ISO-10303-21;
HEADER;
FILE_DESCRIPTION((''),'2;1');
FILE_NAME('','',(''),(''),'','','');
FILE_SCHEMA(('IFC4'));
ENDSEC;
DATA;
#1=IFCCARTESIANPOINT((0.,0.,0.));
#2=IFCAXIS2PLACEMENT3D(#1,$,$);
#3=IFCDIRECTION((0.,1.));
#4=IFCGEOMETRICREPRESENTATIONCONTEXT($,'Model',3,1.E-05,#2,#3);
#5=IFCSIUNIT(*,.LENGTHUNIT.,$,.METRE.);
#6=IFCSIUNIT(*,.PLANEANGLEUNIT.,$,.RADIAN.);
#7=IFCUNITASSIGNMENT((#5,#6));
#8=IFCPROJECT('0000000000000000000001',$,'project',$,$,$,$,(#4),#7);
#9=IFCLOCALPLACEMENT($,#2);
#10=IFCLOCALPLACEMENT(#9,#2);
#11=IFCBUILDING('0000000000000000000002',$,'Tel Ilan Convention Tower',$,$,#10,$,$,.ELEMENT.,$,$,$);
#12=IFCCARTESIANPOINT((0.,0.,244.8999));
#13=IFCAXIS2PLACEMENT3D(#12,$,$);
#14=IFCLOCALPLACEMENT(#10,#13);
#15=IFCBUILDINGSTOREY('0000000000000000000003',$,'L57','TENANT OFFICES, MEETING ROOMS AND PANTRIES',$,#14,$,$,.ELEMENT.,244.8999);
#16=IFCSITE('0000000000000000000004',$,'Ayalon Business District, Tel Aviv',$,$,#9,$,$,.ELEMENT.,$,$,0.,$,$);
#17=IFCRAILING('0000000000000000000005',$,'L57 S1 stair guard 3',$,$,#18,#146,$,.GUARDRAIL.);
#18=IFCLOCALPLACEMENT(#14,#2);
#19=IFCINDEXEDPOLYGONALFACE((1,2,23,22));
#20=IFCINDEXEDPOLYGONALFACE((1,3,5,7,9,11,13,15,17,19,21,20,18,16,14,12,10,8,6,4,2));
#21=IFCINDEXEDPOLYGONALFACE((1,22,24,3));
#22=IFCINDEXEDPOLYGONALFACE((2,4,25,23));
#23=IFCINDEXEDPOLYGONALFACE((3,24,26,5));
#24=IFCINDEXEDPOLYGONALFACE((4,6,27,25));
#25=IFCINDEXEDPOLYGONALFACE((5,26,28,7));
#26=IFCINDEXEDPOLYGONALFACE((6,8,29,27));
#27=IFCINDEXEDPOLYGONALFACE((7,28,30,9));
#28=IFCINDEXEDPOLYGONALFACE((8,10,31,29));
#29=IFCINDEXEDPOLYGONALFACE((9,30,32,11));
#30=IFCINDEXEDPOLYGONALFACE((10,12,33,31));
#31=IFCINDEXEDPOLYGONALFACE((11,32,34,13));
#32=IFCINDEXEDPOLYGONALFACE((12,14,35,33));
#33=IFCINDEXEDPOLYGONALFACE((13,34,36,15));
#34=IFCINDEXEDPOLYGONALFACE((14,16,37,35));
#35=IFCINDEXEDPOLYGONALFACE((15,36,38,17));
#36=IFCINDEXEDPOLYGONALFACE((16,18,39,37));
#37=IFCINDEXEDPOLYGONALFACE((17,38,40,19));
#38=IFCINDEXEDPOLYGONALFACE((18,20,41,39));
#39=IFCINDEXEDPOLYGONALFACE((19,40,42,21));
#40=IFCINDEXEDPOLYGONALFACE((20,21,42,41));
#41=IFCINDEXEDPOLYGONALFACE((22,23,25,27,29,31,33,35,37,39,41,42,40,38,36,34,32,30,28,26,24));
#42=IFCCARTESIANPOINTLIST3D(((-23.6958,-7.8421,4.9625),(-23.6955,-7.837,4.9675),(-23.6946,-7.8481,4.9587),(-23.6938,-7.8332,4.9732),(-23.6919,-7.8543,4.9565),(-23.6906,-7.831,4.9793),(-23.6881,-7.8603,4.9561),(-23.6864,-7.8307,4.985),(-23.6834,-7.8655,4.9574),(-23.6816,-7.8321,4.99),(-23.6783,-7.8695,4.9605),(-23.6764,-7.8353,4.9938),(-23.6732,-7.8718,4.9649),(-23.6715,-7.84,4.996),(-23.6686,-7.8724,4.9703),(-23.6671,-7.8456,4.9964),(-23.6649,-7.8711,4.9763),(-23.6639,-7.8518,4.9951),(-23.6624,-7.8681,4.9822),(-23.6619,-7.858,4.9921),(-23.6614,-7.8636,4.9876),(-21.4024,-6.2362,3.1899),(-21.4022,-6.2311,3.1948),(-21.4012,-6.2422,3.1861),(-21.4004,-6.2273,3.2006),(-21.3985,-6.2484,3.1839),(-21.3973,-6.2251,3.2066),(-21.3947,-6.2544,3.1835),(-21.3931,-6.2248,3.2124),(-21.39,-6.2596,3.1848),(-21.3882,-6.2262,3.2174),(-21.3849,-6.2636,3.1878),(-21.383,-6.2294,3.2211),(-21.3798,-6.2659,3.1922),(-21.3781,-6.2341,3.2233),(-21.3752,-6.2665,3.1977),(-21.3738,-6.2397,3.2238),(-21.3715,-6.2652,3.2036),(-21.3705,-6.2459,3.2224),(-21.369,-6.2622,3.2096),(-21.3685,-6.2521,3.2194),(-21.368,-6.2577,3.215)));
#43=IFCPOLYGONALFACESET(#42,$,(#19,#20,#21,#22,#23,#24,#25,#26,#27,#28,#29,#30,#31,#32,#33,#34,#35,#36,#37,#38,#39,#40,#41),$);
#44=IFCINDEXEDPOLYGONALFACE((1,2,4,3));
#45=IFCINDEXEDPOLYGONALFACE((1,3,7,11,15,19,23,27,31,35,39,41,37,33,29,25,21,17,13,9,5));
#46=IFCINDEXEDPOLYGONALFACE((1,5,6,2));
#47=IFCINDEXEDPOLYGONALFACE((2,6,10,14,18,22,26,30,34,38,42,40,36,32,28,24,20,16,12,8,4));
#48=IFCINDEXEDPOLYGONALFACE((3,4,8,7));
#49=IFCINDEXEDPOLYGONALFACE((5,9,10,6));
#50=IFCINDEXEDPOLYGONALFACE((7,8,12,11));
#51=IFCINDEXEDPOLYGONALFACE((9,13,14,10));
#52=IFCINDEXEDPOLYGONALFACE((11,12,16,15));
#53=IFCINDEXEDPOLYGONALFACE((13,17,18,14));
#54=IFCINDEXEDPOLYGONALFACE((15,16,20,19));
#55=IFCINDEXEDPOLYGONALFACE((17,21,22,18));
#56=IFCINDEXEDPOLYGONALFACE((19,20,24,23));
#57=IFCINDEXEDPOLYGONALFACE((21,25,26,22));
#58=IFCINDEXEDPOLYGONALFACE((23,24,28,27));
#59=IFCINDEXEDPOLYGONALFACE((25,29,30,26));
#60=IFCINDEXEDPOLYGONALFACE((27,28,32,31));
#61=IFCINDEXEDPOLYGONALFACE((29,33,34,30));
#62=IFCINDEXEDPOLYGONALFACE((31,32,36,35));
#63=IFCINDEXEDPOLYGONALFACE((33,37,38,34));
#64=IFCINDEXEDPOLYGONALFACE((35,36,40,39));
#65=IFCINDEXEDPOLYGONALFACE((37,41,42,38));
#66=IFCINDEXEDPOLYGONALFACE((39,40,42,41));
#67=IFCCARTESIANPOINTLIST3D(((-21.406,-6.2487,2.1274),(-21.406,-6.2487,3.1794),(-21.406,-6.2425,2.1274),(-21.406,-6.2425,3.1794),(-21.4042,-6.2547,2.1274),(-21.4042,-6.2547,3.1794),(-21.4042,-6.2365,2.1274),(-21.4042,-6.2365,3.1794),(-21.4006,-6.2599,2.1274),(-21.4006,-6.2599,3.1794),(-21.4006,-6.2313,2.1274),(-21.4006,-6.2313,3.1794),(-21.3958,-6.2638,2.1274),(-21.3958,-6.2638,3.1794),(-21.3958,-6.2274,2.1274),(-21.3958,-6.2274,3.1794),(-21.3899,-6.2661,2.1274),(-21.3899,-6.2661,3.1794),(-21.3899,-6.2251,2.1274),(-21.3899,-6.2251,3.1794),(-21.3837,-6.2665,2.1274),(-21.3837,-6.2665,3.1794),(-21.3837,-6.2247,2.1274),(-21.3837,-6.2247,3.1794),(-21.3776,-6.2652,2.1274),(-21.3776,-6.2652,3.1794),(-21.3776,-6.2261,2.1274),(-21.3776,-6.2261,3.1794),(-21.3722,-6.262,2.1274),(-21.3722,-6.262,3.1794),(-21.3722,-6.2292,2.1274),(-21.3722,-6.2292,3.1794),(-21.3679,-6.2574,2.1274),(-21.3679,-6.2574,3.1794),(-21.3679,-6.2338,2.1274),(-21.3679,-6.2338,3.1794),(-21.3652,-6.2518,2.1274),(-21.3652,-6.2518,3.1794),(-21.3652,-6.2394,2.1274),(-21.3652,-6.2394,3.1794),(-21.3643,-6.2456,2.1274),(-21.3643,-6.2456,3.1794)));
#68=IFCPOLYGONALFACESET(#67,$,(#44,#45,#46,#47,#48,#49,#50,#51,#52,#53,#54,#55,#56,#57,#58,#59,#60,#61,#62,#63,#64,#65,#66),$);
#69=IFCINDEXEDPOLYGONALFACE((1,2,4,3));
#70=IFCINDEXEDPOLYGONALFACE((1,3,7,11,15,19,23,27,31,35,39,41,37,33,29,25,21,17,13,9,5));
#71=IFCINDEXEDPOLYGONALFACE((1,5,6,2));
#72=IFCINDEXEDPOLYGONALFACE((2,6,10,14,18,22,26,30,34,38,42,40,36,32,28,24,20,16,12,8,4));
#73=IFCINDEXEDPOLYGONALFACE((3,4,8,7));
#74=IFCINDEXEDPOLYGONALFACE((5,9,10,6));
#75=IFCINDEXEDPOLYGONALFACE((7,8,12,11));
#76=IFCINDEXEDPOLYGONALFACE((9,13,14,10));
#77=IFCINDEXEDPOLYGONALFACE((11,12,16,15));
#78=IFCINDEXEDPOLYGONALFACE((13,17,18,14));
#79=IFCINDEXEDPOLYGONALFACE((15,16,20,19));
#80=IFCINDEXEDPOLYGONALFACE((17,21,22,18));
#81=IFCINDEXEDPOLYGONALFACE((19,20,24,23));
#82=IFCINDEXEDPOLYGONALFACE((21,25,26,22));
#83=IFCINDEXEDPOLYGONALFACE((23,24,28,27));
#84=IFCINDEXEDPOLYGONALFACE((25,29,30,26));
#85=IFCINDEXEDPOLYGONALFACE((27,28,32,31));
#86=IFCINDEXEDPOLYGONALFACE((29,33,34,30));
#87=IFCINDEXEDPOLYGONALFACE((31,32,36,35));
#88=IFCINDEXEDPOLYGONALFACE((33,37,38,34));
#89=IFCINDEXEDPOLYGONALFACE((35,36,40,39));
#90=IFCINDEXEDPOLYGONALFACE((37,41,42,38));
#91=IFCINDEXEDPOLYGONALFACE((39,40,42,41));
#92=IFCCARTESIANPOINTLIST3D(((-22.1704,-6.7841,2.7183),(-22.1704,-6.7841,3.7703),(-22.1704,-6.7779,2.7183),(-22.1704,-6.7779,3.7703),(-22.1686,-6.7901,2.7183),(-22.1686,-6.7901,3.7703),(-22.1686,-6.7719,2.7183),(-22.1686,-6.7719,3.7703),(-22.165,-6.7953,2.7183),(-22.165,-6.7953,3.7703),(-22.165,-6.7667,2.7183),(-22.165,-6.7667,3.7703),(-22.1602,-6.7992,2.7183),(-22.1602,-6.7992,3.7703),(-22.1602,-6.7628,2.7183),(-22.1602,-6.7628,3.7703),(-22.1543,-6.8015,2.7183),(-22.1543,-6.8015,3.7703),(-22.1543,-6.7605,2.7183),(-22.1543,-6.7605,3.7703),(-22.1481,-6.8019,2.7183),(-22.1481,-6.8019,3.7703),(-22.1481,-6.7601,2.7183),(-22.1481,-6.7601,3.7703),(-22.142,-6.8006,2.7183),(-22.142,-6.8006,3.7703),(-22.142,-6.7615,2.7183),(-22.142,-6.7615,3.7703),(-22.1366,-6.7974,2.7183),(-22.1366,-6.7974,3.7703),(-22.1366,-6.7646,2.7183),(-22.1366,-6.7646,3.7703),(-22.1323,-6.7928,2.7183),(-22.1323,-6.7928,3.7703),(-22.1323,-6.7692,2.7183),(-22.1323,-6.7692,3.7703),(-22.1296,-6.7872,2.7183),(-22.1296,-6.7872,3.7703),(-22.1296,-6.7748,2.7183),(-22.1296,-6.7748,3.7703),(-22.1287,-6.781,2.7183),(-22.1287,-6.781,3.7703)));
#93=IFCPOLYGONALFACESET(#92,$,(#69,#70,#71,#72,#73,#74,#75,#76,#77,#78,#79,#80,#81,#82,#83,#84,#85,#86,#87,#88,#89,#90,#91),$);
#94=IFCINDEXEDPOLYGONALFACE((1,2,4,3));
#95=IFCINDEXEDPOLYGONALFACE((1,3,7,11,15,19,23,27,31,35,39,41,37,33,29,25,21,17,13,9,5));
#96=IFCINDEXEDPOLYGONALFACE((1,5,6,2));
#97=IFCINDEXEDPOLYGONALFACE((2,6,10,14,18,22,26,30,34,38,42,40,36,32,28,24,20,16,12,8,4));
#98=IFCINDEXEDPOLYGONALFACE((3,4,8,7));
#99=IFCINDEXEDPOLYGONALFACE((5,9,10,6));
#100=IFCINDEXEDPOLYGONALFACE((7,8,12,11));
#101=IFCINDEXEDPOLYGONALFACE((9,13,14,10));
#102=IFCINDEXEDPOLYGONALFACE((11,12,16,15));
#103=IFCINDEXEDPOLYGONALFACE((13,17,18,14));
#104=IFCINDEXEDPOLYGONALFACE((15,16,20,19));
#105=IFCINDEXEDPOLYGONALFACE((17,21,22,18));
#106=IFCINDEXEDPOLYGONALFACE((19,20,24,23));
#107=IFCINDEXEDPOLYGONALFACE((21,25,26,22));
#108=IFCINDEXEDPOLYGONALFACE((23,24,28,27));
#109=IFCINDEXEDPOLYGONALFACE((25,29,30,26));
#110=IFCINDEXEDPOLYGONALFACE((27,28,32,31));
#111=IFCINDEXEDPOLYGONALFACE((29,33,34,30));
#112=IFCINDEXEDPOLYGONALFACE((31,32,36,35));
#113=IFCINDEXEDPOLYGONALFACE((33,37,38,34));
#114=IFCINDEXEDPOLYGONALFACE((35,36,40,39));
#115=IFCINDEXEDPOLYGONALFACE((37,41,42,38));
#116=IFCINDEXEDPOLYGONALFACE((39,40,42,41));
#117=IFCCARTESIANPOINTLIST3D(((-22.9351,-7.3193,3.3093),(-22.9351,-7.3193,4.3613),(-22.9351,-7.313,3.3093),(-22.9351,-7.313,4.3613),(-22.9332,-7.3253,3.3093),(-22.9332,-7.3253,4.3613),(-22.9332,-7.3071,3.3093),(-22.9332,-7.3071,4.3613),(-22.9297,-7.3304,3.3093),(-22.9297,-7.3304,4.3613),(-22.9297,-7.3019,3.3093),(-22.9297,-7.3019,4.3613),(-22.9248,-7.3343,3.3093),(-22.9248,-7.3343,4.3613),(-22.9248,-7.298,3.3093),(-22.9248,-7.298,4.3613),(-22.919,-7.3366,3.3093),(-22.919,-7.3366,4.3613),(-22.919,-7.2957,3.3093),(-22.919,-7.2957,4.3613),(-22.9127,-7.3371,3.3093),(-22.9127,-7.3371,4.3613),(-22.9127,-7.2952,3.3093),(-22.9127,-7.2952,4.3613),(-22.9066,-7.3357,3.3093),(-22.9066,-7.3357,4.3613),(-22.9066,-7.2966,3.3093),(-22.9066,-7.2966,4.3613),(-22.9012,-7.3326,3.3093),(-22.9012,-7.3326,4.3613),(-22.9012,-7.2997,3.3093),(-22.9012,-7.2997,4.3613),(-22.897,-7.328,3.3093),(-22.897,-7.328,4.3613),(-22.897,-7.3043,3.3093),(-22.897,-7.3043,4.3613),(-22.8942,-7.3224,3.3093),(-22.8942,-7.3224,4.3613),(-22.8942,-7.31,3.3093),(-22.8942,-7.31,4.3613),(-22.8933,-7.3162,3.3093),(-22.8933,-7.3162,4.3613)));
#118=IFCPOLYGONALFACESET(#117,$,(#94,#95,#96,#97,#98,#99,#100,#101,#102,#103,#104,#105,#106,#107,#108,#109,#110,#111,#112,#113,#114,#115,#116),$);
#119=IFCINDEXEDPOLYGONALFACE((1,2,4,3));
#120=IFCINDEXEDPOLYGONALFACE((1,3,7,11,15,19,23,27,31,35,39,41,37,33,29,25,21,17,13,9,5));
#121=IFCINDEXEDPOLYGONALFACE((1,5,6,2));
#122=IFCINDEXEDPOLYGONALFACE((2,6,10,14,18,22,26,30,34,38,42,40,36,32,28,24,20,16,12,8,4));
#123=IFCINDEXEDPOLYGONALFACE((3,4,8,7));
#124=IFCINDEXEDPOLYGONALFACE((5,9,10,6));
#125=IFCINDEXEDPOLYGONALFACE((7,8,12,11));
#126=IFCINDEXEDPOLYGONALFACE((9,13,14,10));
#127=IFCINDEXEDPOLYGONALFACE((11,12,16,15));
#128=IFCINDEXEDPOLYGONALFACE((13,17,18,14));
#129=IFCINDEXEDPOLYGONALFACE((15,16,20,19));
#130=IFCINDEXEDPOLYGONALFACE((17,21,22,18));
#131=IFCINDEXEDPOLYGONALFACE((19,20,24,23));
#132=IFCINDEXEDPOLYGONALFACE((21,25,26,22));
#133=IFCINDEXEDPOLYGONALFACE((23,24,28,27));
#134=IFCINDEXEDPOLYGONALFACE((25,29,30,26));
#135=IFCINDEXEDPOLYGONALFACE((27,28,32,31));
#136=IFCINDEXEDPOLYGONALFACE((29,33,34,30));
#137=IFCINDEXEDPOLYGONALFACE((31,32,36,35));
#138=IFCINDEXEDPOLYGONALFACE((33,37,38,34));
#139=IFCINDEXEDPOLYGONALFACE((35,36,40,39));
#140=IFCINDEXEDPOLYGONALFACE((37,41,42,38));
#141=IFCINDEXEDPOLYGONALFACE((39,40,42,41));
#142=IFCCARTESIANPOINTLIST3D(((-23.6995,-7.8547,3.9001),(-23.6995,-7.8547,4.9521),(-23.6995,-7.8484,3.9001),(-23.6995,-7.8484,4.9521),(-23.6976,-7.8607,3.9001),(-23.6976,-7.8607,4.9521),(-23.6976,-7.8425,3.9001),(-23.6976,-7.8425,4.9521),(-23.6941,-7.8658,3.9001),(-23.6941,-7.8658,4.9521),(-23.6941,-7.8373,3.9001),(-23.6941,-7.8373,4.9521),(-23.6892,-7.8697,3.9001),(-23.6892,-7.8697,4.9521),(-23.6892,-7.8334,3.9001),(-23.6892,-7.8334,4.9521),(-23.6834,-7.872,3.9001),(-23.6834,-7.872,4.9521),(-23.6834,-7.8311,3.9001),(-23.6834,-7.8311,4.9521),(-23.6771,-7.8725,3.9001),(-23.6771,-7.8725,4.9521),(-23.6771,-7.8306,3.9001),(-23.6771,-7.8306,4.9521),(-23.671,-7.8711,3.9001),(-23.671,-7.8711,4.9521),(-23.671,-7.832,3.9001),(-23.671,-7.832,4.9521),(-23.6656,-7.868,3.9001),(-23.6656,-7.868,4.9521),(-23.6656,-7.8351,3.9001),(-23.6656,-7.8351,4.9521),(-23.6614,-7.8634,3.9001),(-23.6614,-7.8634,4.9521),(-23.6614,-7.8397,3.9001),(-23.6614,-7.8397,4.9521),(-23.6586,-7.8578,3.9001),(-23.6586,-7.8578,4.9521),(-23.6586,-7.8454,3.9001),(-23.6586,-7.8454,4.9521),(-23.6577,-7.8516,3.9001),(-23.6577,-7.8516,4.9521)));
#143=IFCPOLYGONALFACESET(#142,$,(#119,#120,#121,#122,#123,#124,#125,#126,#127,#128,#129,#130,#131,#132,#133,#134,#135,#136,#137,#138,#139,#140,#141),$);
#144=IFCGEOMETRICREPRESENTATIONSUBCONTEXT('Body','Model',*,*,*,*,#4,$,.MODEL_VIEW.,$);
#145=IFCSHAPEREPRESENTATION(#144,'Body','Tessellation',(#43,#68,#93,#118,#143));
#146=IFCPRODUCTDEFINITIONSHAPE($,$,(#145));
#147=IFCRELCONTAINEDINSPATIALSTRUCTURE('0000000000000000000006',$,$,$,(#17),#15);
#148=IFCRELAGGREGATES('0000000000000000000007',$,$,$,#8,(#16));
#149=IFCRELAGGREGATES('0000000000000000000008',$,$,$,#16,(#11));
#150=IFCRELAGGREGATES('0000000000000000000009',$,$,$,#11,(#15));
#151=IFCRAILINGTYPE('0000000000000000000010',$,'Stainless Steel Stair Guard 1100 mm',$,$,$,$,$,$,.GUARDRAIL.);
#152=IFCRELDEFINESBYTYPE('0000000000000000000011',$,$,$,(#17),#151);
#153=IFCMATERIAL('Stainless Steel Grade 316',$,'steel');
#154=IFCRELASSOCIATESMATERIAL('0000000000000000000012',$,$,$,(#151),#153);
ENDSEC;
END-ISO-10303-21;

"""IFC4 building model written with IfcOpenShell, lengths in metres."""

from ifc_helpers import new_model, si_unit, direction, frame, origin, origin_2d, place, context, subcontext, project, spatial, circle, extrude, material, type_object, element, save


model = new_model("IFC4")

# Units and contexts
model_context = context("Model", 3, precision=1e-05, world=origin(), true_north=direction((0.0, 1.0)))
body_context = subcontext(model_context, "Body", "Model", "MODEL_VIEW")
ifc_project = project(units=[si_unit("LENGTHUNIT", "METRE"), si_unit("PLANEANGLEUNIT", "RADIAN")], contexts=[model_context])

# Site, building, storey
site_placement = place(None, origin())
site = spatial("IfcSite", under=ifc_project, at=site_placement, Name="Ayalon Business District, Tel Aviv", CompositionType="ELEMENT", RefElevation=0.0)
building_placement = place(site_placement, origin())
building = spatial("IfcBuilding", under=site, at=building_placement, Name="Tel Ilan Convention Tower", CompositionType="ELEMENT")
storey_placement = place(building_placement, frame((0.0, 0.0, 244.8999)))
storey = spatial("IfcBuildingStorey", under=building, at=storey_placement, Name="L57", Description="TENANT OFFICES, MEETING ROOMS AND PANTRIES", CompositionType="ELEMENT", Elevation=244.8999)

# Railing
ifc_material_1 = material(Name="Stainless Steel Grade 316", Category="steel")
railing_type_1 = type_object("IfcRailingType", Name="Stainless Steel Stair Guard 1100 mm", PredefinedType="GUARDRAIL", material=ifc_material_1)
railing_1_placement = place(storey_placement, frame((-21.3853, -6.2456, 2.1274)))
element("IfcRailing", 1, at=railing_1_placement, inside=storey, type_object=railing_type_1, Name="L57 S1 stair guard 3", PredefinedType="GUARDRAIL", context=body_context, shape_type="SweptSolid", body=[
    extrude(circle(Radius=0.0239, at=origin_2d()), frame((0.0, 0.0, 1.0762), z_axis=(-0.692085, -0.484621, 0.53494), x_axis=(0.573591, -0.819142, 0.0)), (0.0, 0.0, 1.0), 3.3137),
    extrude(circle(Radius=0.021, at=origin_2d()), origin(), (0.0, 0.0, 1.0), 1.052),
    extrude(circle(Radius=0.021, at=origin_2d()), frame((-0.7644, -0.5354, 0.5908)), (0.0, 0.0, 1.0), 1.052),
    extrude(circle(Radius=0.021, at=origin_2d()), frame((-1.5291, -1.0706, 1.1819)), (0.0, 0.0, 1.0), 1.052),
    extrude(circle(Radius=0.021, at=origin_2d()), frame((-2.2935, -1.606, 1.7727)), (0.0, 0.0, 1.0), 1.052),
])

save(model, "model.ifc")
